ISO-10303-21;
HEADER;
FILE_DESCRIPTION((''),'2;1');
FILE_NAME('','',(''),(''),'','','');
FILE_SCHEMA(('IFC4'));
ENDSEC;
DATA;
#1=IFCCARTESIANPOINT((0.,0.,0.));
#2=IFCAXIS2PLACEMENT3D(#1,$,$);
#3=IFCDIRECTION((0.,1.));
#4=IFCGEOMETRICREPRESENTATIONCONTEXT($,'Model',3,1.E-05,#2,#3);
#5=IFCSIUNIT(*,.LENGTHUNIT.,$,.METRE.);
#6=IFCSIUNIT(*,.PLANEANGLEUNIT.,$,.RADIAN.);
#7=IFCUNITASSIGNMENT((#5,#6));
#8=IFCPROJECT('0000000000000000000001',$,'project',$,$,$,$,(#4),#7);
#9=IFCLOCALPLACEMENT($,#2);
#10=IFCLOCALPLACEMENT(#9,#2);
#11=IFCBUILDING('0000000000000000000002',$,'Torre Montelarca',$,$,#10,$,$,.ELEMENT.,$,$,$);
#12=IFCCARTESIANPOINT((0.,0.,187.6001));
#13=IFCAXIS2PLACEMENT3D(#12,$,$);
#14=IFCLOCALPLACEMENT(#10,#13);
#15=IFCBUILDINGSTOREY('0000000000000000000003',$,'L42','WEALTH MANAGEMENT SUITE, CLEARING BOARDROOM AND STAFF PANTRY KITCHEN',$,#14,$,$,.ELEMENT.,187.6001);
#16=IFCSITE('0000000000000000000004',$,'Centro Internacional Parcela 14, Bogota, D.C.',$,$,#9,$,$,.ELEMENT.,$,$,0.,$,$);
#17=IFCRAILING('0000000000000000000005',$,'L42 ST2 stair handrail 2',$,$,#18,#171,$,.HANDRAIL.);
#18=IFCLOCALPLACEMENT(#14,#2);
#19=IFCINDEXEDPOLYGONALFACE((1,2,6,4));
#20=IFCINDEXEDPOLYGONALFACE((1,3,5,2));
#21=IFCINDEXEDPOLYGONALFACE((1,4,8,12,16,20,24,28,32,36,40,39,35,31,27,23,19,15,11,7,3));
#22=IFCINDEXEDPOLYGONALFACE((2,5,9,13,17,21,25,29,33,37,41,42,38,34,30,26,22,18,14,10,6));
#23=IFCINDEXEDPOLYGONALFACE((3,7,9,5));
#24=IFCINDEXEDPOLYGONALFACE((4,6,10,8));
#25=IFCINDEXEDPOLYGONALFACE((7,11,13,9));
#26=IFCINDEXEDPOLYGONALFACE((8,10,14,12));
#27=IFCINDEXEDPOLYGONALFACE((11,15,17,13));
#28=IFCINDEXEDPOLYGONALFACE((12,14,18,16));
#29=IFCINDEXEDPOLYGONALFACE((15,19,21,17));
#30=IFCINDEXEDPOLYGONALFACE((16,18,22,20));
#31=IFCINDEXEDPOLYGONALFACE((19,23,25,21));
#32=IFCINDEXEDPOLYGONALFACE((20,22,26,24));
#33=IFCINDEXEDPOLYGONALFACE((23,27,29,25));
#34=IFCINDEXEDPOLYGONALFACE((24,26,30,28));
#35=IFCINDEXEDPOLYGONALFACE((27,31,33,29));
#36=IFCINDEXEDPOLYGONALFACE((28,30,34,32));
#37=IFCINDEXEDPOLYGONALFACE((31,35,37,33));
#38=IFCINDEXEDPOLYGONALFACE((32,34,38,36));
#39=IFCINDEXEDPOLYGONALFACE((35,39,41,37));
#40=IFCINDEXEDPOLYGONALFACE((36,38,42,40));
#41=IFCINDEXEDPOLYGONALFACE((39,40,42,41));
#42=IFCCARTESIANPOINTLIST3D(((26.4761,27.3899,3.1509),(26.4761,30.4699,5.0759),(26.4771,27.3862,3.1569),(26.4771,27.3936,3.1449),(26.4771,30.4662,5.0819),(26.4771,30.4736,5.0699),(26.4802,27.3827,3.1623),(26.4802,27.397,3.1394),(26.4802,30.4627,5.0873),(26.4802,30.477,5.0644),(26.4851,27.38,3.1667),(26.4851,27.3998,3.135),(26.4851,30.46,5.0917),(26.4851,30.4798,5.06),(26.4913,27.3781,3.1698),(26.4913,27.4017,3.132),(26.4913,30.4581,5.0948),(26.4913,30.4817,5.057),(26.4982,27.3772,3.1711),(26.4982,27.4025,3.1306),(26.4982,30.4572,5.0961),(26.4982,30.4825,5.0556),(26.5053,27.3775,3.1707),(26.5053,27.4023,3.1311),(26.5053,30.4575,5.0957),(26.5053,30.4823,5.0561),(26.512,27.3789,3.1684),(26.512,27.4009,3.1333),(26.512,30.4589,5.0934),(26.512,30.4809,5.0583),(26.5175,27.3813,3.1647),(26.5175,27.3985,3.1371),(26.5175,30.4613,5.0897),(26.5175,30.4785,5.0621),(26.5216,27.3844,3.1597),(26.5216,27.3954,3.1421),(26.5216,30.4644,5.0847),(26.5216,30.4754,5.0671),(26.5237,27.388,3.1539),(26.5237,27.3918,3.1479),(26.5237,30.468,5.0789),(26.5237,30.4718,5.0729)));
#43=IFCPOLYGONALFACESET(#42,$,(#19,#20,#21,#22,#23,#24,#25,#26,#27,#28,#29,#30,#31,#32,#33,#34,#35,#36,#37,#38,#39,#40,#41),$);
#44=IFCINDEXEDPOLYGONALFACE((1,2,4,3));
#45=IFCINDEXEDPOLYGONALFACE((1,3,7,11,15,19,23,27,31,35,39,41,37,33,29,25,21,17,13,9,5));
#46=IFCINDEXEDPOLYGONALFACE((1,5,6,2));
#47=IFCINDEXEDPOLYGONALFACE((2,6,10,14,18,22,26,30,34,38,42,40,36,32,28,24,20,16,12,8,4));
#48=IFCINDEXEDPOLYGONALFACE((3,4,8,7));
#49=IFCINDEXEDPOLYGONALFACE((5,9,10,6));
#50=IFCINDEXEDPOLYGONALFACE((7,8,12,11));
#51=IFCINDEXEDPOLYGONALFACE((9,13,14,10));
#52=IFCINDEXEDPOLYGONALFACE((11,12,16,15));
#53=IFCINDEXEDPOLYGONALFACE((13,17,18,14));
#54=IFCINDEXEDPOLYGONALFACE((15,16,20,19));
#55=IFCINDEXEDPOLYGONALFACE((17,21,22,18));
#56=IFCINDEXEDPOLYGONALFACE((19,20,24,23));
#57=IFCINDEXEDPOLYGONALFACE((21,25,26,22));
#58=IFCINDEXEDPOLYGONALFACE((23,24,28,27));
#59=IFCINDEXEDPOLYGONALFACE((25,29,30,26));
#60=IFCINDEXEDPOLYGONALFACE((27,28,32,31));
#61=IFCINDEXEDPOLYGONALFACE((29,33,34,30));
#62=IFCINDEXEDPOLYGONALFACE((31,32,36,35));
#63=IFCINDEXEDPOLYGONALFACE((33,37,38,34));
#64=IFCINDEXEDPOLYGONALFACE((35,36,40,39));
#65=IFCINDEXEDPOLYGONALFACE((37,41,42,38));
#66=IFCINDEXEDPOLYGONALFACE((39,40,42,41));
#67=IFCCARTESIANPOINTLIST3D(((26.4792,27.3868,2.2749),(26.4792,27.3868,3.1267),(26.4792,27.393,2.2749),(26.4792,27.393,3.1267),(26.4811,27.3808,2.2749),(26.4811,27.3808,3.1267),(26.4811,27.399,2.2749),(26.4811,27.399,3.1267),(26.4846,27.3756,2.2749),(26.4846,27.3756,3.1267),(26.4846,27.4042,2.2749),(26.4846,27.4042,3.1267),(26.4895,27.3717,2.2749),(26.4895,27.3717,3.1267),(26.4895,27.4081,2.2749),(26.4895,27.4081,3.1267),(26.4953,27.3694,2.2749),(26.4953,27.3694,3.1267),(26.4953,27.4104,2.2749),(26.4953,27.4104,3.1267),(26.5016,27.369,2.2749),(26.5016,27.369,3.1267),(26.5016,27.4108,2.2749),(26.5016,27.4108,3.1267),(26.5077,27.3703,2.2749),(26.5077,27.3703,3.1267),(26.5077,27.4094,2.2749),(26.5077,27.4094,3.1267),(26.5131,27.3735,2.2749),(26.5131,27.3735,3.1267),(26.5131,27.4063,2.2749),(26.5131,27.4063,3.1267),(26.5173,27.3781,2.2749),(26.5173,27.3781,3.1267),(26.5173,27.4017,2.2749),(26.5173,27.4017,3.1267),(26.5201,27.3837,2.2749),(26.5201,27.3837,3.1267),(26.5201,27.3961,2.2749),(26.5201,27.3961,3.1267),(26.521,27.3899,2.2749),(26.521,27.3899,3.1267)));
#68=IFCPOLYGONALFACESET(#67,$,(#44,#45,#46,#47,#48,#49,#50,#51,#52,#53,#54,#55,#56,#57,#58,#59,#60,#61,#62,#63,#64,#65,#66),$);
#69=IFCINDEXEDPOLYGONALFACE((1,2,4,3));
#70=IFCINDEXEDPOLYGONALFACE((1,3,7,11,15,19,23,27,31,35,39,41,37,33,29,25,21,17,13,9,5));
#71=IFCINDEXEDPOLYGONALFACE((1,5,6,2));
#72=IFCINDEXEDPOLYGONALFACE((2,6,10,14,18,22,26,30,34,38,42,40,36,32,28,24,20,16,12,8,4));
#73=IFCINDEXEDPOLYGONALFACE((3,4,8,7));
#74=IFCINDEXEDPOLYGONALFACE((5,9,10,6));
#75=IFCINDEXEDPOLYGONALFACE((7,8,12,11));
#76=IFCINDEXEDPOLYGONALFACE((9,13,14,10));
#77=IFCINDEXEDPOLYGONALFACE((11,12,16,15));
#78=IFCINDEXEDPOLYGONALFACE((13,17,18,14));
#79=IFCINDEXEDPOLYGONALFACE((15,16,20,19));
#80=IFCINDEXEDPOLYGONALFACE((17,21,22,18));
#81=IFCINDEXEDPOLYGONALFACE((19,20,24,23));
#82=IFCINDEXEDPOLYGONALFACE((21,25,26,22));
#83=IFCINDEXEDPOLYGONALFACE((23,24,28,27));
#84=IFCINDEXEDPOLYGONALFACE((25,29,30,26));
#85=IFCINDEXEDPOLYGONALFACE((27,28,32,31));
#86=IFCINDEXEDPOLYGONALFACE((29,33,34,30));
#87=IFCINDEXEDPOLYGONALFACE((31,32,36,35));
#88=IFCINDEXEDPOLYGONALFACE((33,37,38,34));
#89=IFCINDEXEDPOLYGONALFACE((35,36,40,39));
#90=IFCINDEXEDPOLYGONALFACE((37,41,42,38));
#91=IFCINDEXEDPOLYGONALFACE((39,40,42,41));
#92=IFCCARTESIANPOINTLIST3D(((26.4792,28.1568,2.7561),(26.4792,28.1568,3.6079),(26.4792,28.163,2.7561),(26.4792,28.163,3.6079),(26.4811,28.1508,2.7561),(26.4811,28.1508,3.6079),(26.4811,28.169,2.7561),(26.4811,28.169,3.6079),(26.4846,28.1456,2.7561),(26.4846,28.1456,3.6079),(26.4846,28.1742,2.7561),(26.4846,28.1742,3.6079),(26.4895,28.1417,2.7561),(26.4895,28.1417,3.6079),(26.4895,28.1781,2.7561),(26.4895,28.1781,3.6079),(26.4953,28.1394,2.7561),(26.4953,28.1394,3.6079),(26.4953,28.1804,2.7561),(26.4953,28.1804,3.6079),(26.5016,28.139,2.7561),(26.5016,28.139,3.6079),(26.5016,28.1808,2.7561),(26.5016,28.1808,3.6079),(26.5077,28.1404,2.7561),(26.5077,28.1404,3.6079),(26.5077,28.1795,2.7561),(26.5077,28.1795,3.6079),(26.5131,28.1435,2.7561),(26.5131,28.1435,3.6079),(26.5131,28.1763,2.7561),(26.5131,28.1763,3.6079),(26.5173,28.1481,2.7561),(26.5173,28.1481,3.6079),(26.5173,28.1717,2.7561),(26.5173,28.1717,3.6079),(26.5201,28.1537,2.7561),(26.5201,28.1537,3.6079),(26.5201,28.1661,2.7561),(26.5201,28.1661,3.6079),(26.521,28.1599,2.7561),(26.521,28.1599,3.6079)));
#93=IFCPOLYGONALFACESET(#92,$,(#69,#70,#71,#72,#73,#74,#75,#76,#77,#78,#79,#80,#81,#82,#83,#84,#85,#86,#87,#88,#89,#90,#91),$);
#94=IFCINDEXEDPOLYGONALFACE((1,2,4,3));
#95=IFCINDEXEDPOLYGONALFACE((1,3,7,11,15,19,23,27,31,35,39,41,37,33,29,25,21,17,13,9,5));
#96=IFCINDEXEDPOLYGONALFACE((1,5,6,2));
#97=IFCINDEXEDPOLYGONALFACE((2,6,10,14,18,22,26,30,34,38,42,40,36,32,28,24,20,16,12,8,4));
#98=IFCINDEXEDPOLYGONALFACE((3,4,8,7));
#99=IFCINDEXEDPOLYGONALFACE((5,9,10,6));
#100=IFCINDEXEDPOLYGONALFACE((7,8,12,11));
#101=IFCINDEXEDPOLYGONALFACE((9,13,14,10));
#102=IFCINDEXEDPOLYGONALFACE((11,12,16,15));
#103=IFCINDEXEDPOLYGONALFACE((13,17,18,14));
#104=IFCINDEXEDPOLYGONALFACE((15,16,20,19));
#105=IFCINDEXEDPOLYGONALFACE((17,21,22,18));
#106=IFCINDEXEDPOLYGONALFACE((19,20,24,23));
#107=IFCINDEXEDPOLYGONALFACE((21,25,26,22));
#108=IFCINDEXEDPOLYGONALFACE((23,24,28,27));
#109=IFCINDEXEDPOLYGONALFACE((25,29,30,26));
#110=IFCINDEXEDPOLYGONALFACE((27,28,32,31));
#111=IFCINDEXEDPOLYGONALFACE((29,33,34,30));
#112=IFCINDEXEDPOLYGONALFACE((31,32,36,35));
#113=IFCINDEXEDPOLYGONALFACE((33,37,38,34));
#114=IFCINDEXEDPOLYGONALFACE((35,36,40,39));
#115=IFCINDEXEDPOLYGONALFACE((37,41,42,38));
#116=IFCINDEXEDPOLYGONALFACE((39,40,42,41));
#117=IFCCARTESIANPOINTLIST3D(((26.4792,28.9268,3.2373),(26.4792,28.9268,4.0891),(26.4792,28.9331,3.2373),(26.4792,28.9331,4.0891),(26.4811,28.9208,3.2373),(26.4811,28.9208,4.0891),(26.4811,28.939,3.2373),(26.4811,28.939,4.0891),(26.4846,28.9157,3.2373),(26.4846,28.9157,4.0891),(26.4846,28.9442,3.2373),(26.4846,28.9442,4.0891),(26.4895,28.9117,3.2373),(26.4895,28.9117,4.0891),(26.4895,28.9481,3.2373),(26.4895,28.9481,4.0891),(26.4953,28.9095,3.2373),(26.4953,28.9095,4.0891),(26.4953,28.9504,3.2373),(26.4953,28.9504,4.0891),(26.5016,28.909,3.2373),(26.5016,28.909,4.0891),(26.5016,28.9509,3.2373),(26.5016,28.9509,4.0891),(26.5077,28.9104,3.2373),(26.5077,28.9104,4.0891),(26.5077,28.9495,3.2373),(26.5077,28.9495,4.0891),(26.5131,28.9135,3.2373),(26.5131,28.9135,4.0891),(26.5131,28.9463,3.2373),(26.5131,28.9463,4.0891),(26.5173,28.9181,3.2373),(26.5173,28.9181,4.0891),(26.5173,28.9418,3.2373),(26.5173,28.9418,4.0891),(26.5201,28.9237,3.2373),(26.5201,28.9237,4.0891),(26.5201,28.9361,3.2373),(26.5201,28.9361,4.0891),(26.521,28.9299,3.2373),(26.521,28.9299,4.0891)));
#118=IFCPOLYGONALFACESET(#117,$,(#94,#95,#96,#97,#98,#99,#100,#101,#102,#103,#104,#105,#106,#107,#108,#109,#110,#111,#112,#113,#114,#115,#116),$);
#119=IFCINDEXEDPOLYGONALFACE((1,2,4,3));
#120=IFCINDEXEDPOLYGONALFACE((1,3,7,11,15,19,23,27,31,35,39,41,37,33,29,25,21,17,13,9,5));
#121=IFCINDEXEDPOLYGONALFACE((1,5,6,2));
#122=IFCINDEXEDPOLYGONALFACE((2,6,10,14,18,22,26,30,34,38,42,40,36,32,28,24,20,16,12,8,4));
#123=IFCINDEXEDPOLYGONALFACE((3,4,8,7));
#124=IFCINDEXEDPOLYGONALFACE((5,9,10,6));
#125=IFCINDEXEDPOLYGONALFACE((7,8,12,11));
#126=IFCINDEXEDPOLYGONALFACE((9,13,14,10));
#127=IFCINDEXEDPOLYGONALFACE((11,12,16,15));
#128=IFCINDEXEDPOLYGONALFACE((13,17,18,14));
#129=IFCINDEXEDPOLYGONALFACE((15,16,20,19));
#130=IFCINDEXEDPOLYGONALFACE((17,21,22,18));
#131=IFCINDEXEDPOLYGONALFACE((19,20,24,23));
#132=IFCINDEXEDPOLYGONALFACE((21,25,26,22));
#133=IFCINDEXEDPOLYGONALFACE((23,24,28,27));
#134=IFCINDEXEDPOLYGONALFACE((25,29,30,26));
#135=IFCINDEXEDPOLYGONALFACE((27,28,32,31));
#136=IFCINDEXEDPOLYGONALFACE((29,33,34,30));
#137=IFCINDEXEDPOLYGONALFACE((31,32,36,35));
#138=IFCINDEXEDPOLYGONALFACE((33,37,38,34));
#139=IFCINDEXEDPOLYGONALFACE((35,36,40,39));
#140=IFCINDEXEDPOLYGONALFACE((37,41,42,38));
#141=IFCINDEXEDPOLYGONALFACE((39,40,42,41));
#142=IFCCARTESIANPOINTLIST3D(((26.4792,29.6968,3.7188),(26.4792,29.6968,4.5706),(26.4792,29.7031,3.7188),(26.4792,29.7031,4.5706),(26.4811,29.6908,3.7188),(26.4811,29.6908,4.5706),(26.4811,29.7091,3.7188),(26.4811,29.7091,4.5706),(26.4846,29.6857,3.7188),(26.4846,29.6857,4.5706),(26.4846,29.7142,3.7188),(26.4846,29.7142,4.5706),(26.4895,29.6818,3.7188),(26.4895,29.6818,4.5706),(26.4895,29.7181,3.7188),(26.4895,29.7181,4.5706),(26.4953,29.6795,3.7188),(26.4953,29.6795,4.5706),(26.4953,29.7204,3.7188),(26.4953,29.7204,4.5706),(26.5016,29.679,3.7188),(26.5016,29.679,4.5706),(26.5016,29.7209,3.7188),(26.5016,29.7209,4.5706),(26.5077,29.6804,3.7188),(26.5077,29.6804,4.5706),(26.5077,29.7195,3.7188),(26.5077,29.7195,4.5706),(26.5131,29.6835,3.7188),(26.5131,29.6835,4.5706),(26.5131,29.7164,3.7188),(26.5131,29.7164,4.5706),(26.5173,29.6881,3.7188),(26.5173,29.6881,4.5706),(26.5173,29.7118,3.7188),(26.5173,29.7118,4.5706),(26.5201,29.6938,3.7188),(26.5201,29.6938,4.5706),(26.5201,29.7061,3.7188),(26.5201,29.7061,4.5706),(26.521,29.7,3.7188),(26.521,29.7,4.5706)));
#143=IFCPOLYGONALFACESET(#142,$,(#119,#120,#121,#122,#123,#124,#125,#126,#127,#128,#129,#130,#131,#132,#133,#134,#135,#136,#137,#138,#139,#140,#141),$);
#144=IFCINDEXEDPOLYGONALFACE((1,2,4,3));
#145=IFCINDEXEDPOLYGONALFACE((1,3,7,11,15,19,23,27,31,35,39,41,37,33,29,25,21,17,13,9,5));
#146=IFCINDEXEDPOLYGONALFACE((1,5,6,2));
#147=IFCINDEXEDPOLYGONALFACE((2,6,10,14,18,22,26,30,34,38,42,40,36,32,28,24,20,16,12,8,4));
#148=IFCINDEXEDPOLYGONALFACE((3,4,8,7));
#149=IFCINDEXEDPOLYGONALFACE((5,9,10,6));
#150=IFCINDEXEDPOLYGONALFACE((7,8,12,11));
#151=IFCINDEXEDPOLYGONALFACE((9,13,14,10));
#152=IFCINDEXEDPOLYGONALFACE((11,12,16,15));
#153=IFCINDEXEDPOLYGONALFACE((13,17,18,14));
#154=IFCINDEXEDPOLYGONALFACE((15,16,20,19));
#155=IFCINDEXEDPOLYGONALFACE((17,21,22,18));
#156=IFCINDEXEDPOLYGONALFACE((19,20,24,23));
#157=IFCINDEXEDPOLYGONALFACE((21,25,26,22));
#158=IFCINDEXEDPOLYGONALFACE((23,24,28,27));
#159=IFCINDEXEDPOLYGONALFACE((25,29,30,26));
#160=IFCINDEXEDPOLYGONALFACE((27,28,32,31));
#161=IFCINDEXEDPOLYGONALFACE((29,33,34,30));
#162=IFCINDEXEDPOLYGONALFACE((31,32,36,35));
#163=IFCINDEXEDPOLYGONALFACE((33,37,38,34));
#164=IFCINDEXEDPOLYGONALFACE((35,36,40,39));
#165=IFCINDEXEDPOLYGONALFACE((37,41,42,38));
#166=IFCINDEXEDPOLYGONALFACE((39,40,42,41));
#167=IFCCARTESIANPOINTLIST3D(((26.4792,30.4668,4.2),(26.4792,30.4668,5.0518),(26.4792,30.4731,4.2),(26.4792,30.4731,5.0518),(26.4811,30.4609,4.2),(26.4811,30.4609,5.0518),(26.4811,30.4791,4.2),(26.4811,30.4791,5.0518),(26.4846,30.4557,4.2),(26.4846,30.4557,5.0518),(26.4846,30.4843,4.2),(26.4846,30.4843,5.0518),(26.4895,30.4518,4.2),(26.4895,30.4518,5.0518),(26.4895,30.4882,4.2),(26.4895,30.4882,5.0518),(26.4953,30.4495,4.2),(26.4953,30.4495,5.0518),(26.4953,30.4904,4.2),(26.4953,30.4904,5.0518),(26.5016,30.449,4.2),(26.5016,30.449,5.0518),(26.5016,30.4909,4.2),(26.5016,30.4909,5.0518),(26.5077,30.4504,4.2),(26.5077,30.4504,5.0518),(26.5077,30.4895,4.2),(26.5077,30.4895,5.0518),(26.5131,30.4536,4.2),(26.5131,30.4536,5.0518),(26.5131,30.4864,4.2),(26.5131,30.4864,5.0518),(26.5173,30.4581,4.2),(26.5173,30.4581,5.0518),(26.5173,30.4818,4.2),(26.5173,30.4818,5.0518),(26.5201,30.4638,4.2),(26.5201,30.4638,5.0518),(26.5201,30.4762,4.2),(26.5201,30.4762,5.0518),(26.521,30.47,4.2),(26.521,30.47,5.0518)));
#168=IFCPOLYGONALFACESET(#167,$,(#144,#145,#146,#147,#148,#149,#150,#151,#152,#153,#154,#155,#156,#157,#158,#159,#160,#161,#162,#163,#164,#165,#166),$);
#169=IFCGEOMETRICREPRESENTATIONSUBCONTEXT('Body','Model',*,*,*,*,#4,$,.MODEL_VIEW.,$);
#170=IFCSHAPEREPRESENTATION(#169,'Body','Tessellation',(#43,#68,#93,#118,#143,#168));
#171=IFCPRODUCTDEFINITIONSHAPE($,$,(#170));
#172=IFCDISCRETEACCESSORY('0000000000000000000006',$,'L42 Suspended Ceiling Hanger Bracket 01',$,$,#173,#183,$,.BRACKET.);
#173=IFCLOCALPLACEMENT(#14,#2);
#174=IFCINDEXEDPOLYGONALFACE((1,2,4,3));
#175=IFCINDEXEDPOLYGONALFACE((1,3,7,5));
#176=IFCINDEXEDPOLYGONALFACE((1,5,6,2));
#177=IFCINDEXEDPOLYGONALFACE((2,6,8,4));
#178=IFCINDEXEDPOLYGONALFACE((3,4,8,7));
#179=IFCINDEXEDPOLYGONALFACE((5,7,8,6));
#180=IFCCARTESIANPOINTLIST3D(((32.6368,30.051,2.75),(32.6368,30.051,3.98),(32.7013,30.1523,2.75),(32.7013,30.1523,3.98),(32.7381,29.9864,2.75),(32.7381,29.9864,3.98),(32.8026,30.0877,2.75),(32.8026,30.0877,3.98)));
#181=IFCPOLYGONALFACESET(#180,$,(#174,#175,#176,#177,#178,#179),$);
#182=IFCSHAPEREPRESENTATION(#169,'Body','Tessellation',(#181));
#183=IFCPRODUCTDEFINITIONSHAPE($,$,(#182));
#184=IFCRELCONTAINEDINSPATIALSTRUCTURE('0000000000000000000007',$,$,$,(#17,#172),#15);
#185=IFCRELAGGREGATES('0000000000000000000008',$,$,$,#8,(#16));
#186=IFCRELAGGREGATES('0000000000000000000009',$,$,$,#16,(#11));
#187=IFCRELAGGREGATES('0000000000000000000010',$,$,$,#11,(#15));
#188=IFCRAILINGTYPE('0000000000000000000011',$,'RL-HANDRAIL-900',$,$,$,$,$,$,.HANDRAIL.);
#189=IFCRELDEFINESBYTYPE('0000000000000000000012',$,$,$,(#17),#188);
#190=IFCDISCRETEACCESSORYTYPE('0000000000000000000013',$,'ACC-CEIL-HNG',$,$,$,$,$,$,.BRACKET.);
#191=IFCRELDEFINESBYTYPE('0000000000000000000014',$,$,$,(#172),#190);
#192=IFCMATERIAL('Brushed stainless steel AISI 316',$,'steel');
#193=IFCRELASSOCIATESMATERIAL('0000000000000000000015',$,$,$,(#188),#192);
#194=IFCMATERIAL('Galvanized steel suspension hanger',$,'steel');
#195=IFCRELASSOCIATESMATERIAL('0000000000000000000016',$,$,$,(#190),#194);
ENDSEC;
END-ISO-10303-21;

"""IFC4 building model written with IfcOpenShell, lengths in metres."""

from ifc_helpers import new_model, si_unit, direction, frame, origin, origin_2d, place, context, subcontext, project, spatial, rectangle, circle, extrude, source, transform, mapped, material, type_object, element, save


model = new_model("IFC4")

# Units and contexts
model_context = context("Model", 3, precision=1e-05, world=origin(), true_north=direction((0.0, 1.0)))
body_context = subcontext(model_context, "Body", "Model", "MODEL_VIEW")
ifc_project = project(units=[si_unit("LENGTHUNIT", "METRE"), si_unit("PLANEANGLEUNIT", "RADIAN")], contexts=[model_context])

# Site, building, storey
site_placement = place(None, origin())
site = spatial("IfcSite", under=ifc_project, at=site_placement, Name="Centro Internacional Parcela 14, Bogota, D.C.", CompositionType="ELEMENT", RefElevation=0.0)
building_placement = place(site_placement, origin())
building = spatial("IfcBuilding", under=site, at=building_placement, Name="Torre Montelarca", CompositionType="ELEMENT")
storey_placement = place(building_placement, frame((0.0, 0.0, 187.6001)))
storey = spatial("IfcBuildingStorey", under=building, at=storey_placement, Name="L42", Description="WEALTH MANAGEMENT SUITE, CLEARING BOARDROOM AND STAFF PANTRY KITCHEN", CompositionType="ELEMENT", Elevation=187.6001)

# Shared definitions
ifc_material_1 = material(Name="Brushed stainless steel AISI 316", Category="steel")

# Railing
railing_type_1 = type_object("IfcRailingType", Name="RL-HANDRAIL-900", PredefinedType="HANDRAIL", material=ifc_material_1)
railing_1_placement = place(storey_placement, frame((26.5, 27.3899, 2.2749)))
element("IfcRailing", 1, at=railing_1_placement, inside=storey, type_object=railing_type_1, Name="L42 ST2 stair handrail 2", PredefinedType="HANDRAIL", context=body_context, shape_type="SweptSolid", body=[
    extrude(circle(Radius=0.0239, at=origin_2d()), frame((0.0, 0.0, 0.876), z_axis=(0.0, 0.847998, 0.529999), x_axis=(-1.0, 0.0, 0.0)), (0.0, 0.0, 1.0), 3.6321),
    extrude(circle(Radius=0.021, at=origin_2d()), origin(), (0.0, 0.0, 1.0), 0.8518),
    extrude(circle(Radius=0.021, at=origin_2d()), frame((0.0, 0.77, 0.4812)), (0.0, 0.0, 1.0), 0.8518),
    extrude(circle(Radius=0.021, at=origin_2d()), frame((0.0, 1.54, 0.9624)), (0.0, 0.0, 1.0), 0.8518),
    extrude(circle(Radius=0.021, at=origin_2d()), frame((0.0, 2.3101, 1.4438)), (0.0, 0.0, 1.0), 0.8518),
    extrude(circle(Radius=0.021, at=origin_2d()), frame((0.0, 3.0801, 1.925)), (0.0, 0.0, 1.0), 0.8518),
])

# Discrete accessory
ifc_material_2 = material(Name="Galvanized steel suspension hanger", Category="steel")
discrete_accessory_type = type_object("IfcDiscreteAccessoryType", Name="ACC-CEIL-HNG", PredefinedType="BRACKET", material=ifc_material_2)
shared_shape_1 = source(origin(), body_context, "Body", "SweptSolid", [
    extrude(rectangle(XDim=0.1201, YDim=0.1201, at=origin_2d()), origin(), (0.0, 0.0, 1.0), 1.23),
])
discrete_accessory_placement = place(storey_placement, frame((32.7197, 30.0693, 2.75), z_axis=(0.0, 0.0, 1.0), x_axis=(-0.843391, 0.5373, 0.0)))
element("IfcDiscreteAccessory", 2, at=discrete_accessory_placement, inside=storey, type_object=discrete_accessory_type, Name="L42 Suspended Ceiling Hanger Bracket 01", PredefinedType="BRACKET", context=body_context, shape_type="MappedRepresentation", body=[
    mapped(shared_shape_1, transform((0.0, 0.0, 0.0), scale=1.0)),
])

save(model, "model.ifc")
